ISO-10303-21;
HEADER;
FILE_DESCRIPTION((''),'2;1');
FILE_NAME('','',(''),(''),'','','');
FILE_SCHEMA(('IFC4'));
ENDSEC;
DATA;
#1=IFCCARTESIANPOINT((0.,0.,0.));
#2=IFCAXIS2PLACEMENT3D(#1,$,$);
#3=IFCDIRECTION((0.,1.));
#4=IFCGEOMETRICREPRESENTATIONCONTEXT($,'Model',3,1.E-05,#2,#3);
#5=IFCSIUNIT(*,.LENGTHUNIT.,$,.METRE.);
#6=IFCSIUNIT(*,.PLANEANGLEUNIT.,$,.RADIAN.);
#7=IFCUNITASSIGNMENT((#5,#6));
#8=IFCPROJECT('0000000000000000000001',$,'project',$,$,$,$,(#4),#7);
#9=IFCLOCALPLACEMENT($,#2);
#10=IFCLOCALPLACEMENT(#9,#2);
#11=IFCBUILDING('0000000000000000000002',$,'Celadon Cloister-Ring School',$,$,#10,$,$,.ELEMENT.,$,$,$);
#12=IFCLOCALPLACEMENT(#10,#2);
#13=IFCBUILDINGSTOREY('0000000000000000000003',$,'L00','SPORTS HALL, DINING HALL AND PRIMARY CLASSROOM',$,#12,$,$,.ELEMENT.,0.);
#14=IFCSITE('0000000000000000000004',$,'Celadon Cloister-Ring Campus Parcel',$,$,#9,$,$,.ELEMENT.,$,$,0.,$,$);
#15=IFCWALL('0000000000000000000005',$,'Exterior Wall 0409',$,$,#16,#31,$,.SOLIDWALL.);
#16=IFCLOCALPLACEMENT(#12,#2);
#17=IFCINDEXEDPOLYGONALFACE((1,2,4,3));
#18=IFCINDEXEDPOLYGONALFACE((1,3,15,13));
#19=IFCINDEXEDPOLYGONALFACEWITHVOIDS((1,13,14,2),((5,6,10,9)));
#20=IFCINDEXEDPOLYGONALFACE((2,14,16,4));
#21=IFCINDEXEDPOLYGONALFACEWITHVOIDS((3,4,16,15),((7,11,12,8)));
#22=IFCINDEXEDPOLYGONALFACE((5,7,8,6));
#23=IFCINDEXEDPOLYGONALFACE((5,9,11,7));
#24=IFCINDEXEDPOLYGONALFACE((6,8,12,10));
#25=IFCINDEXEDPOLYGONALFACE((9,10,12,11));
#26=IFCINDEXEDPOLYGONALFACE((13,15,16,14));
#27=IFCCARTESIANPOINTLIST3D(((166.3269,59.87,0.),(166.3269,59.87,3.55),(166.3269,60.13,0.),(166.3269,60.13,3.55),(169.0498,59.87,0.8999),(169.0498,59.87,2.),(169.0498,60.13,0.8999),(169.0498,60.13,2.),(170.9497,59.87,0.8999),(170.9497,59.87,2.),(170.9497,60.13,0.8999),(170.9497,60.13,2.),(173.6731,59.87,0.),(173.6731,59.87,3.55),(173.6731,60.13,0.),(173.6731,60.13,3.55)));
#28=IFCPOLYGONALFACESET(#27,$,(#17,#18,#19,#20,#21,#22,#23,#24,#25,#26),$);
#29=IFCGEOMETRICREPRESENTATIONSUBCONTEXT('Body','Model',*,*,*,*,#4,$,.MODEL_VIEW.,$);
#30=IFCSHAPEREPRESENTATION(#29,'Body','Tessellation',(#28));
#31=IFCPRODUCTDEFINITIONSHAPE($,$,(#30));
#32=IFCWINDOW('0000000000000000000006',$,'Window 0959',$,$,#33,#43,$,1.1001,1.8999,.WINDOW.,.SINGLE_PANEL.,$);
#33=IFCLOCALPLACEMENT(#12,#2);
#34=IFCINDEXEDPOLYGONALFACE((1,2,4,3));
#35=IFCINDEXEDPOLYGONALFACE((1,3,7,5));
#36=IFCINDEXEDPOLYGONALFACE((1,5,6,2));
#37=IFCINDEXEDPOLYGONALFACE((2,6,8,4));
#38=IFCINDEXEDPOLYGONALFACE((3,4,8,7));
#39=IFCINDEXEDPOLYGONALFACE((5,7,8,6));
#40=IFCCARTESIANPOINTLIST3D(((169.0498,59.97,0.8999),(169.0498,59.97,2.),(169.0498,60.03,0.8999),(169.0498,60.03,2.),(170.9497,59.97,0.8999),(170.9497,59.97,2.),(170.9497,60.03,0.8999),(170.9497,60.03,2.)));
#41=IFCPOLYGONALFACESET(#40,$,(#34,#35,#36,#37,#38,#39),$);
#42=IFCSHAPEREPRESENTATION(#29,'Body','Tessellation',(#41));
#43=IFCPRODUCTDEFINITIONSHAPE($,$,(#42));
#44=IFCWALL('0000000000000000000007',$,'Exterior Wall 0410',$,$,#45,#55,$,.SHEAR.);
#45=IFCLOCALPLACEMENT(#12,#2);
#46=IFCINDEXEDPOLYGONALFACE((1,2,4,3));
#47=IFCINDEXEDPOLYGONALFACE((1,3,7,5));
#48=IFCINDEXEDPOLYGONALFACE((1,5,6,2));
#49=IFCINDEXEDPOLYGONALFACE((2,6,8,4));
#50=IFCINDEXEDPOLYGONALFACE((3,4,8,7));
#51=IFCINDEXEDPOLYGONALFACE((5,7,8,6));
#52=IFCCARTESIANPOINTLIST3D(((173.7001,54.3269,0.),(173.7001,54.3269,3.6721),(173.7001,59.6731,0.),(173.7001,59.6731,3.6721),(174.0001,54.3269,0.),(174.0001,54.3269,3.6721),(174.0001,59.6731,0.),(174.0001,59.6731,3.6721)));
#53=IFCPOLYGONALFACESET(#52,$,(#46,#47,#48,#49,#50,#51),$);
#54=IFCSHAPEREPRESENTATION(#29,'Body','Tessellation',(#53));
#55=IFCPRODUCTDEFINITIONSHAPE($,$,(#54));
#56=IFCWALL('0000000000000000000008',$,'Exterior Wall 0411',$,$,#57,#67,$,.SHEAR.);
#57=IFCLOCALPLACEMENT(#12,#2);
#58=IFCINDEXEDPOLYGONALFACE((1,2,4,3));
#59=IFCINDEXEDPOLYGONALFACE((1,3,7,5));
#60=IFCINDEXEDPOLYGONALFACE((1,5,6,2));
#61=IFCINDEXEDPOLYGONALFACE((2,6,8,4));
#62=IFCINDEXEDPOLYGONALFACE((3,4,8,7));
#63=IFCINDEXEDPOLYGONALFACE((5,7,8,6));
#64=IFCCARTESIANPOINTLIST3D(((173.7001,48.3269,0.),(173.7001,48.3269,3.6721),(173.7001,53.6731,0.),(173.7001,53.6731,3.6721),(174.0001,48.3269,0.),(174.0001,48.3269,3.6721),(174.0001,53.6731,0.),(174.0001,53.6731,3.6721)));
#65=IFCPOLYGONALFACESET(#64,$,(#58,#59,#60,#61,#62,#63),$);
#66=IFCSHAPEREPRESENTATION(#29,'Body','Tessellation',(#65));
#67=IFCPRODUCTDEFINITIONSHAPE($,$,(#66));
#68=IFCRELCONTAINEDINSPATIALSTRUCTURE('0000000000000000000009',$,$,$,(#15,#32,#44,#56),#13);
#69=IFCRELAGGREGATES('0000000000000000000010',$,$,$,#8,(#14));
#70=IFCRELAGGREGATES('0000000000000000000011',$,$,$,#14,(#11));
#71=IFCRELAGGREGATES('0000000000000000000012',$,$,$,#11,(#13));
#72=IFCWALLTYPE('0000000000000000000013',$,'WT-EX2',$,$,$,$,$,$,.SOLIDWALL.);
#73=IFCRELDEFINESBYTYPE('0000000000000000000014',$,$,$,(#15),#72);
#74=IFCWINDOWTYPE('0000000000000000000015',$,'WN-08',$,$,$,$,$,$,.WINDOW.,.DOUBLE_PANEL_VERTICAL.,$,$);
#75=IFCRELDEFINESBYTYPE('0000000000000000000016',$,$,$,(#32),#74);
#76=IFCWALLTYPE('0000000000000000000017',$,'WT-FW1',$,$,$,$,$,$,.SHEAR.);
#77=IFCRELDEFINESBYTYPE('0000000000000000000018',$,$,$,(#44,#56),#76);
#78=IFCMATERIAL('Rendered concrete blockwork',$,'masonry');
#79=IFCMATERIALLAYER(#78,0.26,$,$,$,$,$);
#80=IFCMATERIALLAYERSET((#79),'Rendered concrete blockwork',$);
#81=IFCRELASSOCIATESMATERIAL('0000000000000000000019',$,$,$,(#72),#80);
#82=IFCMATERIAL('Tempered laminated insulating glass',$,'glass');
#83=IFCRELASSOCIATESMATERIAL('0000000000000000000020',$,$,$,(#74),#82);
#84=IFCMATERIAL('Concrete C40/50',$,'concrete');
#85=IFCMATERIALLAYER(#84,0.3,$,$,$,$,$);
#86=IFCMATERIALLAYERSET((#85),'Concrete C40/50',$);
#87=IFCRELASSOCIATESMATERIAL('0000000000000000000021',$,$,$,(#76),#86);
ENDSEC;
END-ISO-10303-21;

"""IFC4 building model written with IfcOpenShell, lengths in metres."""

from ifc_helpers import new_model, si_unit, direction, frame, frame_2d, origin, place, context, subcontext, project, spatial, rectangle, extrude, material, layer, layer_set, type_object, element, fill, save


model = new_model("IFC4")

# Units and contexts
model_context = context("Model", 3, precision=1e-05, world=origin(), true_north=direction((0.0, 1.0)))
body_context = subcontext(model_context, "Body", "Model", "MODEL_VIEW")
ifc_project = project(units=[si_unit("LENGTHUNIT", "METRE"), si_unit("PLANEANGLEUNIT", "RADIAN")], contexts=[model_context])

# Site, building, storey
site_placement = place(None, origin())
site = spatial("IfcSite", under=ifc_project, at=site_placement, Name="Celadon Cloister-Ring Campus Parcel", CompositionType="ELEMENT", RefElevation=0.0)
building_placement = place(site_placement, origin())
building = spatial("IfcBuilding", under=site, at=building_placement, Name="Celadon Cloister-Ring School", CompositionType="ELEMENT")
storey_placement = place(building_placement, origin())
storey = spatial("IfcBuildingStorey", under=building, at=storey_placement, Name="L00", Description="SPORTS HALL, DINING HALL AND PRIMARY CLASSROOM", CompositionType="ELEMENT", Elevation=0.0)

# Wall, opening, window
ifc_material_1 = material(Name="Rendered concrete blockwork", Category="masonry")
ifc_layer_1 = layer(ifc_material_1, 0.26)
ifc_layer_set_1 = layer_set([ifc_layer_1], Name="Rendered concrete blockwork")
wall_type_1 = type_object("IfcWallType", Name="WT-EX2", PredefinedType="SOLIDWALL", material=ifc_layer_set_1)
wall_1_placement = place(storey_placement, frame((166.3269, 60.0, 0.0), z_axis=(0.0, 0.0, 1.0), x_axis=(1.0, 0.0, 0.0)))
wall_1 = element("IfcWall", 1, at=wall_1_placement, inside=storey, type_object=wall_type_1, Name="Exterior Wall 0409", PredefinedType="SOLIDWALL", context=body_context, shape_type="SweptSolid", body=[
    extrude(rectangle(XDim=7.3462, YDim=0.26, at=frame_2d((3.6731, 0.0))), origin(), (0.0, 0.0, 1.0), 3.55),
])
opening_1_placement = place(wall_1_placement, frame((2.7229, 0.0, 0.8999)))
opening_1 = element("IfcOpeningElement", 2, at=opening_1_placement, cuts=wall_1, PredefinedType="OPENING", context=body_context, shape_type="SweptSolid", body=[
    extrude(rectangle(XDim=1.8999, YDim=1.1001, at=frame_2d((0.95, 0.55))), frame((0.0, 0.1401, 0.0), z_axis=(0.0, -1.0, 0.0), x_axis=(1.0, 0.0, 0.0)), (0.0, 0.0, 1.0), 0.28),
])
ifc_material_2 = material(Name="Tempered laminated insulating glass", Category="glass")
window_type_1 = type_object("IfcWindowType", Name="WN-08", PartitioningType="DOUBLE_PANEL_VERTICAL", PredefinedType="WINDOW", material=ifc_material_2)
window_1_placement = place(opening_1_placement, origin())
window_1 = element("IfcWindow", 3, at=window_1_placement, inside=storey, type_object=window_type_1, Name="Window 0959", OverallHeight=1.1001, OverallWidth=1.8999, PartitioningType="SINGLE_PANEL", PredefinedType="WINDOW", context=body_context, shape_type="SweptSolid", body=[
    extrude(rectangle(XDim=1.8999, YDim=1.1001, at=frame_2d((0.95, 0.55))), frame((0.0, 0.03, 0.0), z_axis=(0.0, -1.0, 0.0), x_axis=(1.0, 0.0, 0.0)), (0.0, 0.0, 1.0), 0.0601),
])
fill(opening_1, window_1)

# Walls
ifc_material_3 = material(Name="Concrete C40/50", Category="concrete")
ifc_layer_2 = layer(ifc_material_3, 0.3)
ifc_layer_set_2 = layer_set([ifc_layer_2], Name="Concrete C40/50")
wall_type_2 = type_object("IfcWallType", Name="WT-FW1", PredefinedType="SHEAR", material=ifc_layer_set_2)
for number, where, z_axis, x_axis, name in (
    (4, (173.8501, 59.6731, 0.0), (0.0, 0.0, 1.0), (0.0, -1.0, 0.0), "Exterior Wall 0410"),
    (5, (173.8501, 53.6731, 0.0), (0.0, 0.0, 1.0), (0.0, -1.0, 0.0), "Exterior Wall 0411"),
):
    element("IfcWall", number, at=place(storey_placement, frame(where, z_axis=z_axis, x_axis=x_axis)), inside=storey, type_object=wall_type_2, Name=name, PredefinedType="SHEAR", context=body_context, shape_type="SweptSolid", body=[
        extrude(rectangle(XDim=5.3462, YDim=0.3, at=frame_2d((2.6731, 0.0))), origin(), (0.0, 0.0, 1.0), 3.6721),
    ])

save(model, "model.ifc")
